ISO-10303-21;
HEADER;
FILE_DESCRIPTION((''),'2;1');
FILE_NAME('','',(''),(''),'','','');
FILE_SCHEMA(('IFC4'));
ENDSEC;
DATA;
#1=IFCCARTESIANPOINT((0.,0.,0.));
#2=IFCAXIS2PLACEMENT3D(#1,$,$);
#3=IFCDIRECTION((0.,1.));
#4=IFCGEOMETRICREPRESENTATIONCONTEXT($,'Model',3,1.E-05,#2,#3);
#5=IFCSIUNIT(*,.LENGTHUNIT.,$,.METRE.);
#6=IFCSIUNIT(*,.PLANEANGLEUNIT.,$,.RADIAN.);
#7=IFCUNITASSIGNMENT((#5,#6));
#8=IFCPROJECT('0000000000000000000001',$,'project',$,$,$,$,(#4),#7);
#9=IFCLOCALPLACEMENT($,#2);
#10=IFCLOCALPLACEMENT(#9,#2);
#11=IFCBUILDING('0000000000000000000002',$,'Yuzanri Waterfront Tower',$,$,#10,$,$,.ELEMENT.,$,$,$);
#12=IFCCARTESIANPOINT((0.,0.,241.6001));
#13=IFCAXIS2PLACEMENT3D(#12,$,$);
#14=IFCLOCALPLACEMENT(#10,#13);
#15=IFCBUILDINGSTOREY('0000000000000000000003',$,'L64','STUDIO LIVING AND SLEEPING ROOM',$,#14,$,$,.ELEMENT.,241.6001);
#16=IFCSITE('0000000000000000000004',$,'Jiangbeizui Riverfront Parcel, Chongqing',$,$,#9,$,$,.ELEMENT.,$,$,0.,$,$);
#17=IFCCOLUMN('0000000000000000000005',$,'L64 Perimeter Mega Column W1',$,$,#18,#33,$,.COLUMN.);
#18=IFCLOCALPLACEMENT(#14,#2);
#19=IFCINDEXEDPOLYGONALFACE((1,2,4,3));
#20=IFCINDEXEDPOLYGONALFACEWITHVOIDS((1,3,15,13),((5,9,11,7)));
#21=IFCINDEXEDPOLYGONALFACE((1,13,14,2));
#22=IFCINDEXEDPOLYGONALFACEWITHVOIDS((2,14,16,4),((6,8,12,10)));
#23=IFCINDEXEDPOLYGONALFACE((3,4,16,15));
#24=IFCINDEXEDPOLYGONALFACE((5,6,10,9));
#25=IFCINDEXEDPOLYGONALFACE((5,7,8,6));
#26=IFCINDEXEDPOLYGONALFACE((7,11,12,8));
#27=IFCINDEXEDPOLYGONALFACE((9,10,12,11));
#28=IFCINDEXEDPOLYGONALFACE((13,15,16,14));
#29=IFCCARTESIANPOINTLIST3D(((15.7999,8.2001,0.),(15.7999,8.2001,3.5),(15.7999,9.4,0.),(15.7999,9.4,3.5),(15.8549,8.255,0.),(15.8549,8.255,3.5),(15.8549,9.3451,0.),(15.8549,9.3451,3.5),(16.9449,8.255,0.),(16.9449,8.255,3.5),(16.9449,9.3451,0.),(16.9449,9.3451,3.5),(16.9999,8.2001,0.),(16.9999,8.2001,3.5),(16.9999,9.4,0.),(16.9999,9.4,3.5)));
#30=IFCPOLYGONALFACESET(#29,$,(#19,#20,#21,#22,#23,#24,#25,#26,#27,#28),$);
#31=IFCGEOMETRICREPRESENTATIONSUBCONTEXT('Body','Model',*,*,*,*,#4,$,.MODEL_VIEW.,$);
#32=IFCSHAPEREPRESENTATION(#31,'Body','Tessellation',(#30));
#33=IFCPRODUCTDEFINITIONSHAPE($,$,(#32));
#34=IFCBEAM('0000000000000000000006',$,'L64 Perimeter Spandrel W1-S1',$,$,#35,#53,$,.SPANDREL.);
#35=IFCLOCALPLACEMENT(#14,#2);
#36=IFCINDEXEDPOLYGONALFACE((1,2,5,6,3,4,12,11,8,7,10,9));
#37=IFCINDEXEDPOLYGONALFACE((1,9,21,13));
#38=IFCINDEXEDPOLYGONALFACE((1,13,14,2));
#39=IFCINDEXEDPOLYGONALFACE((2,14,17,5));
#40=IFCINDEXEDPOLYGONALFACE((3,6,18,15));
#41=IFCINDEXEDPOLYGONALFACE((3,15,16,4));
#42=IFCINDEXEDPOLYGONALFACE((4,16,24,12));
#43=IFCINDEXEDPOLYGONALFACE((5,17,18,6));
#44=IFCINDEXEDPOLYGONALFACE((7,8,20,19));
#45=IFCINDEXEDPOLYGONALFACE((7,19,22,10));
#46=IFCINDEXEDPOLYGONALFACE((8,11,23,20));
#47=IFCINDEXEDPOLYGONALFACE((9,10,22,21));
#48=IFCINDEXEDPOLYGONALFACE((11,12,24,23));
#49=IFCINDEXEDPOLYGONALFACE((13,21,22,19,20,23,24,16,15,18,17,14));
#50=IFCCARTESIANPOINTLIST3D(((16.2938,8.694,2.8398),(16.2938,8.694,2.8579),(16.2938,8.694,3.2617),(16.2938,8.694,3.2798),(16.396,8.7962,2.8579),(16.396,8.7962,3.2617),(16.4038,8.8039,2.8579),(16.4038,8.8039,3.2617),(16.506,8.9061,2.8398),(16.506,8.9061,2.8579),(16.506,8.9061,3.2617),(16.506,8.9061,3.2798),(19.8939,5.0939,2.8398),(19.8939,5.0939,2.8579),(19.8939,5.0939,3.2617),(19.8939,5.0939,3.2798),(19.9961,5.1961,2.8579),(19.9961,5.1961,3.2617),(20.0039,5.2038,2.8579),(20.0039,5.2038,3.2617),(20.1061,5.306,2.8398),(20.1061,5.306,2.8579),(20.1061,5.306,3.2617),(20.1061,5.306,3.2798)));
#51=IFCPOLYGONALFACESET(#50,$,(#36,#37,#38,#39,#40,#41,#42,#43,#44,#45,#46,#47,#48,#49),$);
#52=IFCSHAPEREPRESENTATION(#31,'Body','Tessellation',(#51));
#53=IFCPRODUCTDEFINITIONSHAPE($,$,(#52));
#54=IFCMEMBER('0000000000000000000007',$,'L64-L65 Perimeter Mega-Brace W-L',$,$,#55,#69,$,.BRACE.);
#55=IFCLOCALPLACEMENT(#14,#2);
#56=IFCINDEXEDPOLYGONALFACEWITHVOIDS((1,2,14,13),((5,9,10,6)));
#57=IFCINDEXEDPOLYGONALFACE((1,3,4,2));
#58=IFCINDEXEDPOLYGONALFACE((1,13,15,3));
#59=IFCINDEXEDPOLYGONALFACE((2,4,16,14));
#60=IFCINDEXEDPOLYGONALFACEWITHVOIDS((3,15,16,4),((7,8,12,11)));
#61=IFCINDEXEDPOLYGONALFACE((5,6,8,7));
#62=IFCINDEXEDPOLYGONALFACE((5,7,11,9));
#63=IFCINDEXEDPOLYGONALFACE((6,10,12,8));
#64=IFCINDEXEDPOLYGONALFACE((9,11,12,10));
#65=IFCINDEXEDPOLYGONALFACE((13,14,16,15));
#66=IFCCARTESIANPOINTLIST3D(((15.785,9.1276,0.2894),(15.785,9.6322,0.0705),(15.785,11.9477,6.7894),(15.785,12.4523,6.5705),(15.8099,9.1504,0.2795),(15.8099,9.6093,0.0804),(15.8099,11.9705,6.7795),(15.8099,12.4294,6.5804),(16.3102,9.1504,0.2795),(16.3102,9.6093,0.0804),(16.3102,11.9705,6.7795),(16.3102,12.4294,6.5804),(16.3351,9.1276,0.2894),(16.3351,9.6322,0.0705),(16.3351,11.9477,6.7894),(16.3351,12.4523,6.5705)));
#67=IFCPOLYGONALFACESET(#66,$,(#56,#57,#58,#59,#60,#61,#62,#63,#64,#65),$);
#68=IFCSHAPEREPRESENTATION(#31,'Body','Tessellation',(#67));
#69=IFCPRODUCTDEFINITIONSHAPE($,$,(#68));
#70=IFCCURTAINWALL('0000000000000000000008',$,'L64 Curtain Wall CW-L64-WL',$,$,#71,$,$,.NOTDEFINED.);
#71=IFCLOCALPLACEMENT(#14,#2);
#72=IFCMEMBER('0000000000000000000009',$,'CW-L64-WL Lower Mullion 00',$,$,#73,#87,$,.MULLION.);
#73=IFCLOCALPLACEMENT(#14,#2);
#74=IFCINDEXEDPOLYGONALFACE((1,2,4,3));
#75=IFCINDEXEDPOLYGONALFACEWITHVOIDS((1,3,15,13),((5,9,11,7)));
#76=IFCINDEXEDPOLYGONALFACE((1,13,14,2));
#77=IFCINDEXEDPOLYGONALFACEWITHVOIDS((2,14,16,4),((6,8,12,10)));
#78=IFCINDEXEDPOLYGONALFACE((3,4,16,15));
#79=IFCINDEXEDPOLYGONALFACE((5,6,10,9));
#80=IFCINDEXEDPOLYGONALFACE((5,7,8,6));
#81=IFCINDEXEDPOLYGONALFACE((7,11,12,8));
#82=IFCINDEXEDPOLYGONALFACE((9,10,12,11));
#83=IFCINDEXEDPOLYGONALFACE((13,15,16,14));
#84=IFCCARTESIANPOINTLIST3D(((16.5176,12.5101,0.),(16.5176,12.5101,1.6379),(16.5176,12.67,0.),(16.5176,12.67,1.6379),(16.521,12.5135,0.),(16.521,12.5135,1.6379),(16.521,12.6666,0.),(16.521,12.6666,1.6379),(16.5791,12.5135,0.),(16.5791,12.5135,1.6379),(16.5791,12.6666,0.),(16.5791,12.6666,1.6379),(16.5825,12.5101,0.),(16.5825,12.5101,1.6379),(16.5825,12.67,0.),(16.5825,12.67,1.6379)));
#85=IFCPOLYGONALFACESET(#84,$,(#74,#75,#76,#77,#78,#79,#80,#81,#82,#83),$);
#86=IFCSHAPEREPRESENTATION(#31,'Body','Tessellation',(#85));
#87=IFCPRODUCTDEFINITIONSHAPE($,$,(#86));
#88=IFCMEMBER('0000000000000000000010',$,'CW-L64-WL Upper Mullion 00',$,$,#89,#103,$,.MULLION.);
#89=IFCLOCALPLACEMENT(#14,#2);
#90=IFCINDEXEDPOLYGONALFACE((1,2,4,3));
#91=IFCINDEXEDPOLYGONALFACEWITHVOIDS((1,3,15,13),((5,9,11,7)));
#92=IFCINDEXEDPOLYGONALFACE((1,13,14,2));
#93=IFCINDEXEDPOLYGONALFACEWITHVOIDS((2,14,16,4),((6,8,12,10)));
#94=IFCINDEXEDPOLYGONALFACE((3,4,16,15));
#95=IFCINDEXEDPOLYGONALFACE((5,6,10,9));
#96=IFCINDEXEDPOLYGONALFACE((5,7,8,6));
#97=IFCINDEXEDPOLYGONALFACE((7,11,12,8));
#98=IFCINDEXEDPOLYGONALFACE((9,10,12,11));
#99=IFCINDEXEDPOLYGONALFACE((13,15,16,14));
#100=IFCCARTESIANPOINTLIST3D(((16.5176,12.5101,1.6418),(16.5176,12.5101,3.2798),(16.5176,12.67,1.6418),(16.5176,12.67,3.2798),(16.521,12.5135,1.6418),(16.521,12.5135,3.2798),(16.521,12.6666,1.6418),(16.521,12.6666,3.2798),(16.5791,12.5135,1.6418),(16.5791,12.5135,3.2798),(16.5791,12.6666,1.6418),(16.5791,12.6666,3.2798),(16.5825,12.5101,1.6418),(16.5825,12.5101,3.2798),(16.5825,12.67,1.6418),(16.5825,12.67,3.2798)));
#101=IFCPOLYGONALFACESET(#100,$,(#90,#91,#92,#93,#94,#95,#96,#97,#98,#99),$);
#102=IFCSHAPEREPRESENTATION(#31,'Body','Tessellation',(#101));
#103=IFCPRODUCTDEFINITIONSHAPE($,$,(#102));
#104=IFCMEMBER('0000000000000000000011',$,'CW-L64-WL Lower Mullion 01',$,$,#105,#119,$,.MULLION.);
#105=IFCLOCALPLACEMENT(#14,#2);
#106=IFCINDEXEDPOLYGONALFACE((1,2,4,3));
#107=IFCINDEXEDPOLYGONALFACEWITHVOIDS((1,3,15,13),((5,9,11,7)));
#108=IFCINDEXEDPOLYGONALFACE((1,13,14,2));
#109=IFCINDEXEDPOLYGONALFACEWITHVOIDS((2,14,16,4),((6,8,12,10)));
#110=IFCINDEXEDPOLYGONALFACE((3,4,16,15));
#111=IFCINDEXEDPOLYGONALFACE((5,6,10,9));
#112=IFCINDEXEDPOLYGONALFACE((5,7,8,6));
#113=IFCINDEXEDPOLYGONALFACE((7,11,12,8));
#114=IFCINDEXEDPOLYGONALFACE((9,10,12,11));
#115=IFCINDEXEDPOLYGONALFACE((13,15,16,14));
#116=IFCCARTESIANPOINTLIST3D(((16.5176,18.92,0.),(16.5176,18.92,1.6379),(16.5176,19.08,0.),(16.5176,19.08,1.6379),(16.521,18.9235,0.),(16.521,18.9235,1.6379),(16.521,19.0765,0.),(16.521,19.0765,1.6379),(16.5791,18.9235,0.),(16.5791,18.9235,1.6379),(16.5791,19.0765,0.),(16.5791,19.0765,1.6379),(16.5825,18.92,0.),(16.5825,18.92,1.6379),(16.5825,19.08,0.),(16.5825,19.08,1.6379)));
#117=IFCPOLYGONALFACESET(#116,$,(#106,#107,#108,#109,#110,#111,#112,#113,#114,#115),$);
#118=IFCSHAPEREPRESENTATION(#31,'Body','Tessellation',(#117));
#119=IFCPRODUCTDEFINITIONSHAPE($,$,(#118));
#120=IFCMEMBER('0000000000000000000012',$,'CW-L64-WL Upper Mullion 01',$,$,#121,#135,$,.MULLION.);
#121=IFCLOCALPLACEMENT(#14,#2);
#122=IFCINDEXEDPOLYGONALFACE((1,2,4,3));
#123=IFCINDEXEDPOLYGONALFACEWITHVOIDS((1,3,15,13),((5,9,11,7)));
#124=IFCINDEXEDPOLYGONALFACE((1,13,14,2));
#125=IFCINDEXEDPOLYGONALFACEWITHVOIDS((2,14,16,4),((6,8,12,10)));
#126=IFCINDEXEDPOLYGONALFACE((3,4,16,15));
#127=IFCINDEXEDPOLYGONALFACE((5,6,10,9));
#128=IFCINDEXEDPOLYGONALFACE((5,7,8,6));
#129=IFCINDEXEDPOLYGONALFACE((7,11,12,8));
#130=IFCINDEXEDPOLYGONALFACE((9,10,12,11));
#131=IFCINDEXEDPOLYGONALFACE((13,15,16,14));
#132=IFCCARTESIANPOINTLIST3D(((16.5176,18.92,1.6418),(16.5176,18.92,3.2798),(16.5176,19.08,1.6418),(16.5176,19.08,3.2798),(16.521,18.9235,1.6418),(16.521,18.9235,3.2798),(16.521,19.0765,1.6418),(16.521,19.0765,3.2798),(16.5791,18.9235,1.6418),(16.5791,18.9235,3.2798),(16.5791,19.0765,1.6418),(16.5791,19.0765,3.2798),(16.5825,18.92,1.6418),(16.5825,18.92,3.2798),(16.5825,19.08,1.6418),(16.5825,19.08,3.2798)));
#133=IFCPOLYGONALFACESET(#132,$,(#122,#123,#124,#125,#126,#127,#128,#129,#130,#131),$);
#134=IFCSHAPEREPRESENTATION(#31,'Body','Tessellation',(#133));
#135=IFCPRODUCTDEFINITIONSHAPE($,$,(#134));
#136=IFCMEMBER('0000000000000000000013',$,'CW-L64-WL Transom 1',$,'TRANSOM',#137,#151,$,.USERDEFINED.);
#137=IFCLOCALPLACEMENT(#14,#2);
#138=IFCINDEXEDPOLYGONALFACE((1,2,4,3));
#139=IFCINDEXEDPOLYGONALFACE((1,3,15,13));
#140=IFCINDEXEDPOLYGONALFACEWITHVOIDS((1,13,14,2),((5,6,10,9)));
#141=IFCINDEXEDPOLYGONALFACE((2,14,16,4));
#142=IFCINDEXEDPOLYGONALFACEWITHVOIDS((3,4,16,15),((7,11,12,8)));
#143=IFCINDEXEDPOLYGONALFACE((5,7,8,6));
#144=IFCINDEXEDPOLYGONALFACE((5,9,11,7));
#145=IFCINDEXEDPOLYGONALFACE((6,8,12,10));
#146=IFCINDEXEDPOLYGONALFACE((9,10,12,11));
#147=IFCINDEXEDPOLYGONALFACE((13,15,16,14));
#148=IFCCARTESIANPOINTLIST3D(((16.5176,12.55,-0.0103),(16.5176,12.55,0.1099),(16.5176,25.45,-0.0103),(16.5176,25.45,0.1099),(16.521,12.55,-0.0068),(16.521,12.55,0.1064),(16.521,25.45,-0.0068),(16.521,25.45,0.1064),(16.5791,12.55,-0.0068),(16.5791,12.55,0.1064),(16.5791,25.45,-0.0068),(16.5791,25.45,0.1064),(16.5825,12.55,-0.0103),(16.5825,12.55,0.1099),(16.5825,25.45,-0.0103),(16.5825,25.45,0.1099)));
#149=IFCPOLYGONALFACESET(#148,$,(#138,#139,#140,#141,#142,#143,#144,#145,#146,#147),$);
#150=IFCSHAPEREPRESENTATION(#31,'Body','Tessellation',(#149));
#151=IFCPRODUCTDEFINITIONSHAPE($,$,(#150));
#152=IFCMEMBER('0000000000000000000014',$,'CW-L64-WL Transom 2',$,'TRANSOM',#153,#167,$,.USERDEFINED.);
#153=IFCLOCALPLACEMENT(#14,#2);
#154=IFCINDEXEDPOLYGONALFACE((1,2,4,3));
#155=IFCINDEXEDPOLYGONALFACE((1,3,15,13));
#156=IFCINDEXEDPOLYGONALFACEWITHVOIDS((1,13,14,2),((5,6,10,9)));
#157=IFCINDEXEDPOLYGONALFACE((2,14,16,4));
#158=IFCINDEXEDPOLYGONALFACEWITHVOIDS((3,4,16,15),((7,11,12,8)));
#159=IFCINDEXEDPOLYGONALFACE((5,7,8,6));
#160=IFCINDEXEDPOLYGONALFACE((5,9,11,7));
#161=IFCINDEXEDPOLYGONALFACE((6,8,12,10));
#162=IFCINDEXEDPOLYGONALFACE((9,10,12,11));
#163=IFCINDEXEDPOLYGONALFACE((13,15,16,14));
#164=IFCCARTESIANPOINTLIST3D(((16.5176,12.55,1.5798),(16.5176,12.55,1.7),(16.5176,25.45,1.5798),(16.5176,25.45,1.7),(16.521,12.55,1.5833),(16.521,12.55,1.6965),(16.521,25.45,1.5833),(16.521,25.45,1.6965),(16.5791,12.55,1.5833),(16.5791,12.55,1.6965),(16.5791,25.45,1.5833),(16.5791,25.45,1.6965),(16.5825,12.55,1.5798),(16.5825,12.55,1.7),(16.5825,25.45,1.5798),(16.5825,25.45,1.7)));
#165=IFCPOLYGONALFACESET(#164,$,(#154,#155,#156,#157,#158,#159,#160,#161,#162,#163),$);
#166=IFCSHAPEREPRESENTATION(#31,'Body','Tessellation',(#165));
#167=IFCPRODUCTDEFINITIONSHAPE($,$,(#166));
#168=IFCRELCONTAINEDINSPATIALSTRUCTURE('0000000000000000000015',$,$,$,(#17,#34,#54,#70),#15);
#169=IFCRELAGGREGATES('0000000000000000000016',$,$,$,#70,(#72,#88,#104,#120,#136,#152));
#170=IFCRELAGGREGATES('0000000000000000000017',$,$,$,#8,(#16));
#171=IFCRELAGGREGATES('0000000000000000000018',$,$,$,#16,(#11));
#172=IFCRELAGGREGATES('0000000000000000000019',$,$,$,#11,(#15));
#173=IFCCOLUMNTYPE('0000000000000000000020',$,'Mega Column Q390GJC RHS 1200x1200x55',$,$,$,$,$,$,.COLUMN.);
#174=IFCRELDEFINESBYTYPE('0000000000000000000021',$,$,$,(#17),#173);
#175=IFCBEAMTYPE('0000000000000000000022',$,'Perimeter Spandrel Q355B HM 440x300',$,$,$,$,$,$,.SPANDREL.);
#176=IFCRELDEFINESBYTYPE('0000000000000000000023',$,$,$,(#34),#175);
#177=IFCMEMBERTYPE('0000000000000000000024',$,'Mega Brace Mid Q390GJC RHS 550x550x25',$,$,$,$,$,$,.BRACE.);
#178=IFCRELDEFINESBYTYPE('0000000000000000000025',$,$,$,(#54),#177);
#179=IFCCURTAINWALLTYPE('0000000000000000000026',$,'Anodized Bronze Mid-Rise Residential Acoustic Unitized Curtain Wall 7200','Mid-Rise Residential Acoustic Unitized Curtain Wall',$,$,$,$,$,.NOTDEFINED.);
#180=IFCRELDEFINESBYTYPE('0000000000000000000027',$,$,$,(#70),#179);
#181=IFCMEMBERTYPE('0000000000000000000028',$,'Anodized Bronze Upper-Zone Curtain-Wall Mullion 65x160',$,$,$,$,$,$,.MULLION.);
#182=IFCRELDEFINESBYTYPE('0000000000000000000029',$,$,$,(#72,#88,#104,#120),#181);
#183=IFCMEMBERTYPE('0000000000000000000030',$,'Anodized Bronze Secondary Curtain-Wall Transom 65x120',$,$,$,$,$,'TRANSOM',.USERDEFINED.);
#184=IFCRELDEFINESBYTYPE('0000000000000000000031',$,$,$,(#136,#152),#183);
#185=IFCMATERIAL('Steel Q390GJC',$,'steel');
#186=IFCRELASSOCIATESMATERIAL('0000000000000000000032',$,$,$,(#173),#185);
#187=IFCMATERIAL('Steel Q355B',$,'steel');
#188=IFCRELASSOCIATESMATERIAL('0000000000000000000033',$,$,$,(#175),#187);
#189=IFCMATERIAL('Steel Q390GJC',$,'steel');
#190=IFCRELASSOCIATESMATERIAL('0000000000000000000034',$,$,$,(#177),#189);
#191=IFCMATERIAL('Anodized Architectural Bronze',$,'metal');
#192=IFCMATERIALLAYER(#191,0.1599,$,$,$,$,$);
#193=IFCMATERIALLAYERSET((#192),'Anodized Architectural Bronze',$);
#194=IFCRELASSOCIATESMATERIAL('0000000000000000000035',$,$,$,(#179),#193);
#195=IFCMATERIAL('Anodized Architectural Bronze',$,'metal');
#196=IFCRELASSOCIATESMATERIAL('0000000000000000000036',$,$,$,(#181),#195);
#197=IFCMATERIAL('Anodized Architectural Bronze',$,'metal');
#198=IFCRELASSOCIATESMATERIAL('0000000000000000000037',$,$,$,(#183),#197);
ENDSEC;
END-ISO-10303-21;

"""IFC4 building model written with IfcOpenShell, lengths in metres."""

from ifc_helpers import new_model, si_unit, direction, frame, origin, origin_2d, place, context, subcontext, project, spatial, hollow_rectangle, i_section, extrude, source, transform, mapped, material, layer, layer_set, material_profile, profile_set, type_object, element, aggregate, save


model = new_model("IFC4")

# Units and contexts
model_context = context("Model", 3, precision=1e-05, world=origin(), true_north=direction((0.0, 1.0)))
body_context = subcontext(model_context, "Body", "Model", "MODEL_VIEW")
ifc_project = project(units=[si_unit("LENGTHUNIT", "METRE"), si_unit("PLANEANGLEUNIT", "RADIAN")], contexts=[model_context])

# Site, building, storey
site_placement = place(None, origin())
site = spatial("IfcSite", under=ifc_project, at=site_placement, Name="Jiangbeizui Riverfront Parcel, Chongqing", CompositionType="ELEMENT", RefElevation=0.0)
building_placement = place(site_placement, origin())
building = spatial("IfcBuilding", under=site, at=building_placement, Name="Yuzanri Waterfront Tower", CompositionType="ELEMENT")
storey_placement = place(building_placement, frame((0.0, 0.0, 241.6001)))
storey = spatial("IfcBuildingStorey", under=building, at=storey_placement, Name="L64", Description="STUDIO LIVING AND SLEEPING ROOM", CompositionType="ELEMENT", Elevation=241.6001)

# Column
ifc_material_1 = material(Name="Steel Q390GJC", Category="steel")
ifc_material_profile_1 = material_profile(ifc_material_1, hollow_rectangle(XDim=1.2, YDim=1.2, WallThickness=0.0549, at=origin_2d()), Name="RHS 1200x1200x55")
ifc_profile_set_1 = profile_set([ifc_material_profile_1], Name="Steel Q390GJC")
column_type = type_object("IfcColumnType", Name="Mega Column Q390GJC RHS 1200x1200x55", PredefinedType="COLUMN", material=ifc_profile_set_1)
shared_shape_1 = source(origin(), body_context, "Body", "SweptSolid", [
    extrude(hollow_rectangle(XDim=1.2, YDim=1.2, WallThickness=0.0549, at=origin_2d()), origin(), (0.0, 0.0, 1.0), 3.5),
])
column_placement = place(storey_placement, frame((16.3999, 8.8, 0.0), z_axis=(0.0, 0.0, 1.0), x_axis=(1.0, 0.0, 0.0)))
element("IfcColumn", 1, at=column_placement, inside=storey, type_object=column_type, Name="L64 Perimeter Mega Column W1", PredefinedType="COLUMN", context=body_context, shape_type="MappedRepresentation", body=[
    mapped(shared_shape_1, transform((0.0, 0.0, 0.0), scale=1.0)),
])

# Beam
ifc_material_2 = material(Name="Steel Q355B", Category="steel")
ifc_material_profile_2 = material_profile(ifc_material_2, i_section(OverallWidth=0.3, OverallDepth=0.4399, WebThickness=0.011, FlangeThickness=0.0181, at=origin_2d()), Name="HM 440x300x11x18")
ifc_profile_set_2 = profile_set([ifc_material_profile_2], Name="Steel Q355B")
beam_type = type_object("IfcBeamType", Name="Perimeter Spandrel Q355B HM 440x300", PredefinedType="SPANDREL", material=ifc_profile_set_2)
shared_shape_2 = source(origin(), body_context, "Body", "SweptSolid", [
    extrude(i_section(OverallWidth=0.3, OverallDepth=0.4399, WebThickness=0.011, FlangeThickness=0.0181, at=origin_2d()), origin(), (0.0, 0.0, 1.0), 5.0913),
])
beam_placement = place(storey_placement, frame((16.3999, 8.8, 3.0598), z_axis=(0.707107, -0.707107, 0.0), x_axis=(0.707107, 0.707107, 0.0)))
element("IfcBeam", 2, at=beam_placement, inside=storey, type_object=beam_type, Name="L64 Perimeter Spandrel W1-S1", PredefinedType="SPANDREL", context=body_context, shape_type="MappedRepresentation", body=[
    mapped(shared_shape_2, transform((0.0, 0.0, 0.0), scale=1.0)),
])

# Member
ifc_material_3 = material(Name="Steel Q390GJC", Category="steel")
ifc_material_profile_3 = material_profile(ifc_material_3, hollow_rectangle(XDim=0.55, YDim=0.55, WallThickness=0.0249, at=origin_2d()), Name="RHS 550x550x25")
ifc_profile_set_3 = profile_set([ifc_material_profile_3], Name="Steel Q390GJC")
member_type_1 = type_object("IfcMemberType", Name="Mega Brace Mid Q390GJC RHS 550x550x25", PredefinedType="BRACE", material=ifc_profile_set_3)
shared_shape_3 = source(origin(), body_context, "Body", "SweptSolid", [
    extrude(hollow_rectangle(XDim=0.55, YDim=0.55, WallThickness=0.0249, at=origin_2d()), origin(), (0.0, 0.0, 1.0), 7.0854),
])
member_1_placement = place(storey_placement, frame((16.0601, 9.3799, 0.1799), z_axis=(0.0, 0.398012, 0.91738), x_axis=(-1.0, 0.0, 0.0)))
element("IfcMember", 3, at=member_1_placement, inside=storey, type_object=member_type_1, Name="L64-L65 Perimeter Mega-Brace W-L", PredefinedType="BRACE", context=body_context, shape_type="MappedRepresentation", body=[
    mapped(shared_shape_3, transform((0.0, 0.0, 0.0), scale=1.0)),
])

# Curtain wall, members
ifc_material_4 = material(Name="Anodized Architectural Bronze", Category="metal")
ifc_layer_1 = layer(ifc_material_4, 0.1599)
ifc_layer_set_1 = layer_set([ifc_layer_1], Name="Anodized Architectural Bronze")
curtain_wall_type = type_object("IfcCurtainWallType", Name="Anodized Bronze Mid-Rise Residential Acoustic Unitized Curtain Wall 7200", Description="Mid-Rise Residential Acoustic Unitized Curtain Wall", PredefinedType="NOTDEFINED", material=ifc_layer_set_1)
curtain_wall_placement = place(storey_placement, origin())
curtain_wall = element("IfcCurtainWall", 4, at=curtain_wall_placement, inside=storey, type_object=curtain_wall_type, Name="L64 Curtain Wall CW-L64-WL", PredefinedType="NOTDEFINED")
ifc_material_5 = material(Name="Anodized Architectural Bronze", Category="metal")
ifc_material_profile_4 = material_profile(ifc_material_5, hollow_rectangle(XDim=0.0649, YDim=0.1599, WallThickness=0.0034, at=origin_2d()), Name="CWM 65x160")
ifc_profile_set_4 = profile_set([ifc_material_profile_4], Name="Anodized Architectural Bronze")
member_type_2 = type_object("IfcMemberType", Name="Anodized Bronze Upper-Zone Curtain-Wall Mullion 65x160", PredefinedType="MULLION", material=ifc_profile_set_4)
shared_shape_4 = source(origin(), body_context, "Body", "SweptSolid", [
    extrude(hollow_rectangle(XDim=0.0649, YDim=0.1599, WallThickness=0.0034, at=origin_2d()), origin(), (0.0, 0.0, 1.0), 1.6379),
])
member_2_placement = place(storey_placement, frame((16.55, 12.5901, 0.0), z_axis=(0.0, 0.0, 1.0), x_axis=(1.0, 0.0, 0.0)))
member_2 = element("IfcMember", 5, at=member_2_placement, type_object=member_type_2, Name="CW-L64-WL Lower Mullion 00", PredefinedType="MULLION", context=body_context, shape_type="MappedRepresentation", body=[
    mapped(shared_shape_4, transform((0.0, 0.0, 0.0), scale=1.0)),
])
member_3_placement = place(storey_placement, frame((16.55, 12.5901, 1.6418), z_axis=(0.0, 0.0, 1.0), x_axis=(1.0, 0.0, 0.0)))
member_3 = element("IfcMember", 6, at=member_3_placement, type_object=member_type_2, Name="CW-L64-WL Upper Mullion 00", PredefinedType="MULLION", context=body_context, shape_type="MappedRepresentation", body=[
    mapped(shared_shape_4, transform((0.0, 0.0, 0.0), scale=1.0)),
])
member_4_placement = place(storey_placement, frame((16.55, 19.0, 0.0), z_axis=(0.0, 0.0, 1.0), x_axis=(1.0, 0.0, 0.0)))
member_4 = element("IfcMember", 7, at=member_4_placement, type_object=member_type_2, Name="CW-L64-WL Lower Mullion 01", PredefinedType="MULLION", context=body_context, shape_type="MappedRepresentation", body=[
    mapped(shared_shape_4, transform((0.0, 0.0, 0.0), scale=1.0)),
])
member_5_placement = place(storey_placement, frame((16.55, 19.0, 1.6418), z_axis=(0.0, 0.0, 1.0), x_axis=(1.0, 0.0, 0.0)))
member_5 = element("IfcMember", 8, at=member_5_placement, type_object=member_type_2, Name="CW-L64-WL Upper Mullion 01", PredefinedType="MULLION", context=body_context, shape_type="MappedRepresentation", body=[
    mapped(shared_shape_4, transform((0.0, 0.0, 0.0), scale=1.0)),
])
ifc_material_6 = material(Name="Anodized Architectural Bronze", Category="metal")
ifc_material_profile_5 = material_profile(ifc_material_6, hollow_rectangle(XDim=0.0649, YDim=0.1201, WallThickness=0.0034, at=origin_2d()), Name="CWT 65x120")
ifc_profile_set_5 = profile_set([ifc_material_profile_5], Name="Anodized Architectural Bronze")
member_type_3 = type_object("IfcMemberType", Name="Anodized Bronze Secondary Curtain-Wall Transom 65x120", ElementType="TRANSOM", PredefinedType="USERDEFINED", material=ifc_profile_set_5)
shared_shape_5 = source(origin(), body_context, "Body", "SweptSolid", [
    extrude(hollow_rectangle(XDim=0.0649, YDim=0.1201, WallThickness=0.0034, at=origin_2d()), origin(), (0.0, 0.0, 1.0), 12.8999),
])
member_6_placement = place(storey_placement, frame((16.55, 12.55, 0.0498), z_axis=(0.0, 1.0, 0.0), x_axis=(-1.0, 0.0, 0.0)))
member_6 = element("IfcMember", 9, at=member_6_placement, type_object=member_type_3, Name="CW-L64-WL Transom 1", ObjectType="TRANSOM", PredefinedType="USERDEFINED", context=body_context, shape_type="MappedRepresentation", body=[
    mapped(shared_shape_5, transform((0.0, 0.0, 0.0), scale=1.0)),
])
member_7_placement = place(storey_placement, frame((16.55, 12.55, 1.6399), z_axis=(0.0, 1.0, 0.0), x_axis=(-1.0, 0.0, 0.0)))
member_7 = element("IfcMember", 10, at=member_7_placement, type_object=member_type_3, Name="CW-L64-WL Transom 2", ObjectType="TRANSOM", PredefinedType="USERDEFINED", context=body_context, shape_type="MappedRepresentation", body=[
    mapped(shared_shape_5, transform((0.0, 0.0, 0.0), scale=1.0)),
])

aggregate(curtain_wall, [member_2, member_3, member_4, member_5, member_6, member_7])

save(model, "model.ifc")
